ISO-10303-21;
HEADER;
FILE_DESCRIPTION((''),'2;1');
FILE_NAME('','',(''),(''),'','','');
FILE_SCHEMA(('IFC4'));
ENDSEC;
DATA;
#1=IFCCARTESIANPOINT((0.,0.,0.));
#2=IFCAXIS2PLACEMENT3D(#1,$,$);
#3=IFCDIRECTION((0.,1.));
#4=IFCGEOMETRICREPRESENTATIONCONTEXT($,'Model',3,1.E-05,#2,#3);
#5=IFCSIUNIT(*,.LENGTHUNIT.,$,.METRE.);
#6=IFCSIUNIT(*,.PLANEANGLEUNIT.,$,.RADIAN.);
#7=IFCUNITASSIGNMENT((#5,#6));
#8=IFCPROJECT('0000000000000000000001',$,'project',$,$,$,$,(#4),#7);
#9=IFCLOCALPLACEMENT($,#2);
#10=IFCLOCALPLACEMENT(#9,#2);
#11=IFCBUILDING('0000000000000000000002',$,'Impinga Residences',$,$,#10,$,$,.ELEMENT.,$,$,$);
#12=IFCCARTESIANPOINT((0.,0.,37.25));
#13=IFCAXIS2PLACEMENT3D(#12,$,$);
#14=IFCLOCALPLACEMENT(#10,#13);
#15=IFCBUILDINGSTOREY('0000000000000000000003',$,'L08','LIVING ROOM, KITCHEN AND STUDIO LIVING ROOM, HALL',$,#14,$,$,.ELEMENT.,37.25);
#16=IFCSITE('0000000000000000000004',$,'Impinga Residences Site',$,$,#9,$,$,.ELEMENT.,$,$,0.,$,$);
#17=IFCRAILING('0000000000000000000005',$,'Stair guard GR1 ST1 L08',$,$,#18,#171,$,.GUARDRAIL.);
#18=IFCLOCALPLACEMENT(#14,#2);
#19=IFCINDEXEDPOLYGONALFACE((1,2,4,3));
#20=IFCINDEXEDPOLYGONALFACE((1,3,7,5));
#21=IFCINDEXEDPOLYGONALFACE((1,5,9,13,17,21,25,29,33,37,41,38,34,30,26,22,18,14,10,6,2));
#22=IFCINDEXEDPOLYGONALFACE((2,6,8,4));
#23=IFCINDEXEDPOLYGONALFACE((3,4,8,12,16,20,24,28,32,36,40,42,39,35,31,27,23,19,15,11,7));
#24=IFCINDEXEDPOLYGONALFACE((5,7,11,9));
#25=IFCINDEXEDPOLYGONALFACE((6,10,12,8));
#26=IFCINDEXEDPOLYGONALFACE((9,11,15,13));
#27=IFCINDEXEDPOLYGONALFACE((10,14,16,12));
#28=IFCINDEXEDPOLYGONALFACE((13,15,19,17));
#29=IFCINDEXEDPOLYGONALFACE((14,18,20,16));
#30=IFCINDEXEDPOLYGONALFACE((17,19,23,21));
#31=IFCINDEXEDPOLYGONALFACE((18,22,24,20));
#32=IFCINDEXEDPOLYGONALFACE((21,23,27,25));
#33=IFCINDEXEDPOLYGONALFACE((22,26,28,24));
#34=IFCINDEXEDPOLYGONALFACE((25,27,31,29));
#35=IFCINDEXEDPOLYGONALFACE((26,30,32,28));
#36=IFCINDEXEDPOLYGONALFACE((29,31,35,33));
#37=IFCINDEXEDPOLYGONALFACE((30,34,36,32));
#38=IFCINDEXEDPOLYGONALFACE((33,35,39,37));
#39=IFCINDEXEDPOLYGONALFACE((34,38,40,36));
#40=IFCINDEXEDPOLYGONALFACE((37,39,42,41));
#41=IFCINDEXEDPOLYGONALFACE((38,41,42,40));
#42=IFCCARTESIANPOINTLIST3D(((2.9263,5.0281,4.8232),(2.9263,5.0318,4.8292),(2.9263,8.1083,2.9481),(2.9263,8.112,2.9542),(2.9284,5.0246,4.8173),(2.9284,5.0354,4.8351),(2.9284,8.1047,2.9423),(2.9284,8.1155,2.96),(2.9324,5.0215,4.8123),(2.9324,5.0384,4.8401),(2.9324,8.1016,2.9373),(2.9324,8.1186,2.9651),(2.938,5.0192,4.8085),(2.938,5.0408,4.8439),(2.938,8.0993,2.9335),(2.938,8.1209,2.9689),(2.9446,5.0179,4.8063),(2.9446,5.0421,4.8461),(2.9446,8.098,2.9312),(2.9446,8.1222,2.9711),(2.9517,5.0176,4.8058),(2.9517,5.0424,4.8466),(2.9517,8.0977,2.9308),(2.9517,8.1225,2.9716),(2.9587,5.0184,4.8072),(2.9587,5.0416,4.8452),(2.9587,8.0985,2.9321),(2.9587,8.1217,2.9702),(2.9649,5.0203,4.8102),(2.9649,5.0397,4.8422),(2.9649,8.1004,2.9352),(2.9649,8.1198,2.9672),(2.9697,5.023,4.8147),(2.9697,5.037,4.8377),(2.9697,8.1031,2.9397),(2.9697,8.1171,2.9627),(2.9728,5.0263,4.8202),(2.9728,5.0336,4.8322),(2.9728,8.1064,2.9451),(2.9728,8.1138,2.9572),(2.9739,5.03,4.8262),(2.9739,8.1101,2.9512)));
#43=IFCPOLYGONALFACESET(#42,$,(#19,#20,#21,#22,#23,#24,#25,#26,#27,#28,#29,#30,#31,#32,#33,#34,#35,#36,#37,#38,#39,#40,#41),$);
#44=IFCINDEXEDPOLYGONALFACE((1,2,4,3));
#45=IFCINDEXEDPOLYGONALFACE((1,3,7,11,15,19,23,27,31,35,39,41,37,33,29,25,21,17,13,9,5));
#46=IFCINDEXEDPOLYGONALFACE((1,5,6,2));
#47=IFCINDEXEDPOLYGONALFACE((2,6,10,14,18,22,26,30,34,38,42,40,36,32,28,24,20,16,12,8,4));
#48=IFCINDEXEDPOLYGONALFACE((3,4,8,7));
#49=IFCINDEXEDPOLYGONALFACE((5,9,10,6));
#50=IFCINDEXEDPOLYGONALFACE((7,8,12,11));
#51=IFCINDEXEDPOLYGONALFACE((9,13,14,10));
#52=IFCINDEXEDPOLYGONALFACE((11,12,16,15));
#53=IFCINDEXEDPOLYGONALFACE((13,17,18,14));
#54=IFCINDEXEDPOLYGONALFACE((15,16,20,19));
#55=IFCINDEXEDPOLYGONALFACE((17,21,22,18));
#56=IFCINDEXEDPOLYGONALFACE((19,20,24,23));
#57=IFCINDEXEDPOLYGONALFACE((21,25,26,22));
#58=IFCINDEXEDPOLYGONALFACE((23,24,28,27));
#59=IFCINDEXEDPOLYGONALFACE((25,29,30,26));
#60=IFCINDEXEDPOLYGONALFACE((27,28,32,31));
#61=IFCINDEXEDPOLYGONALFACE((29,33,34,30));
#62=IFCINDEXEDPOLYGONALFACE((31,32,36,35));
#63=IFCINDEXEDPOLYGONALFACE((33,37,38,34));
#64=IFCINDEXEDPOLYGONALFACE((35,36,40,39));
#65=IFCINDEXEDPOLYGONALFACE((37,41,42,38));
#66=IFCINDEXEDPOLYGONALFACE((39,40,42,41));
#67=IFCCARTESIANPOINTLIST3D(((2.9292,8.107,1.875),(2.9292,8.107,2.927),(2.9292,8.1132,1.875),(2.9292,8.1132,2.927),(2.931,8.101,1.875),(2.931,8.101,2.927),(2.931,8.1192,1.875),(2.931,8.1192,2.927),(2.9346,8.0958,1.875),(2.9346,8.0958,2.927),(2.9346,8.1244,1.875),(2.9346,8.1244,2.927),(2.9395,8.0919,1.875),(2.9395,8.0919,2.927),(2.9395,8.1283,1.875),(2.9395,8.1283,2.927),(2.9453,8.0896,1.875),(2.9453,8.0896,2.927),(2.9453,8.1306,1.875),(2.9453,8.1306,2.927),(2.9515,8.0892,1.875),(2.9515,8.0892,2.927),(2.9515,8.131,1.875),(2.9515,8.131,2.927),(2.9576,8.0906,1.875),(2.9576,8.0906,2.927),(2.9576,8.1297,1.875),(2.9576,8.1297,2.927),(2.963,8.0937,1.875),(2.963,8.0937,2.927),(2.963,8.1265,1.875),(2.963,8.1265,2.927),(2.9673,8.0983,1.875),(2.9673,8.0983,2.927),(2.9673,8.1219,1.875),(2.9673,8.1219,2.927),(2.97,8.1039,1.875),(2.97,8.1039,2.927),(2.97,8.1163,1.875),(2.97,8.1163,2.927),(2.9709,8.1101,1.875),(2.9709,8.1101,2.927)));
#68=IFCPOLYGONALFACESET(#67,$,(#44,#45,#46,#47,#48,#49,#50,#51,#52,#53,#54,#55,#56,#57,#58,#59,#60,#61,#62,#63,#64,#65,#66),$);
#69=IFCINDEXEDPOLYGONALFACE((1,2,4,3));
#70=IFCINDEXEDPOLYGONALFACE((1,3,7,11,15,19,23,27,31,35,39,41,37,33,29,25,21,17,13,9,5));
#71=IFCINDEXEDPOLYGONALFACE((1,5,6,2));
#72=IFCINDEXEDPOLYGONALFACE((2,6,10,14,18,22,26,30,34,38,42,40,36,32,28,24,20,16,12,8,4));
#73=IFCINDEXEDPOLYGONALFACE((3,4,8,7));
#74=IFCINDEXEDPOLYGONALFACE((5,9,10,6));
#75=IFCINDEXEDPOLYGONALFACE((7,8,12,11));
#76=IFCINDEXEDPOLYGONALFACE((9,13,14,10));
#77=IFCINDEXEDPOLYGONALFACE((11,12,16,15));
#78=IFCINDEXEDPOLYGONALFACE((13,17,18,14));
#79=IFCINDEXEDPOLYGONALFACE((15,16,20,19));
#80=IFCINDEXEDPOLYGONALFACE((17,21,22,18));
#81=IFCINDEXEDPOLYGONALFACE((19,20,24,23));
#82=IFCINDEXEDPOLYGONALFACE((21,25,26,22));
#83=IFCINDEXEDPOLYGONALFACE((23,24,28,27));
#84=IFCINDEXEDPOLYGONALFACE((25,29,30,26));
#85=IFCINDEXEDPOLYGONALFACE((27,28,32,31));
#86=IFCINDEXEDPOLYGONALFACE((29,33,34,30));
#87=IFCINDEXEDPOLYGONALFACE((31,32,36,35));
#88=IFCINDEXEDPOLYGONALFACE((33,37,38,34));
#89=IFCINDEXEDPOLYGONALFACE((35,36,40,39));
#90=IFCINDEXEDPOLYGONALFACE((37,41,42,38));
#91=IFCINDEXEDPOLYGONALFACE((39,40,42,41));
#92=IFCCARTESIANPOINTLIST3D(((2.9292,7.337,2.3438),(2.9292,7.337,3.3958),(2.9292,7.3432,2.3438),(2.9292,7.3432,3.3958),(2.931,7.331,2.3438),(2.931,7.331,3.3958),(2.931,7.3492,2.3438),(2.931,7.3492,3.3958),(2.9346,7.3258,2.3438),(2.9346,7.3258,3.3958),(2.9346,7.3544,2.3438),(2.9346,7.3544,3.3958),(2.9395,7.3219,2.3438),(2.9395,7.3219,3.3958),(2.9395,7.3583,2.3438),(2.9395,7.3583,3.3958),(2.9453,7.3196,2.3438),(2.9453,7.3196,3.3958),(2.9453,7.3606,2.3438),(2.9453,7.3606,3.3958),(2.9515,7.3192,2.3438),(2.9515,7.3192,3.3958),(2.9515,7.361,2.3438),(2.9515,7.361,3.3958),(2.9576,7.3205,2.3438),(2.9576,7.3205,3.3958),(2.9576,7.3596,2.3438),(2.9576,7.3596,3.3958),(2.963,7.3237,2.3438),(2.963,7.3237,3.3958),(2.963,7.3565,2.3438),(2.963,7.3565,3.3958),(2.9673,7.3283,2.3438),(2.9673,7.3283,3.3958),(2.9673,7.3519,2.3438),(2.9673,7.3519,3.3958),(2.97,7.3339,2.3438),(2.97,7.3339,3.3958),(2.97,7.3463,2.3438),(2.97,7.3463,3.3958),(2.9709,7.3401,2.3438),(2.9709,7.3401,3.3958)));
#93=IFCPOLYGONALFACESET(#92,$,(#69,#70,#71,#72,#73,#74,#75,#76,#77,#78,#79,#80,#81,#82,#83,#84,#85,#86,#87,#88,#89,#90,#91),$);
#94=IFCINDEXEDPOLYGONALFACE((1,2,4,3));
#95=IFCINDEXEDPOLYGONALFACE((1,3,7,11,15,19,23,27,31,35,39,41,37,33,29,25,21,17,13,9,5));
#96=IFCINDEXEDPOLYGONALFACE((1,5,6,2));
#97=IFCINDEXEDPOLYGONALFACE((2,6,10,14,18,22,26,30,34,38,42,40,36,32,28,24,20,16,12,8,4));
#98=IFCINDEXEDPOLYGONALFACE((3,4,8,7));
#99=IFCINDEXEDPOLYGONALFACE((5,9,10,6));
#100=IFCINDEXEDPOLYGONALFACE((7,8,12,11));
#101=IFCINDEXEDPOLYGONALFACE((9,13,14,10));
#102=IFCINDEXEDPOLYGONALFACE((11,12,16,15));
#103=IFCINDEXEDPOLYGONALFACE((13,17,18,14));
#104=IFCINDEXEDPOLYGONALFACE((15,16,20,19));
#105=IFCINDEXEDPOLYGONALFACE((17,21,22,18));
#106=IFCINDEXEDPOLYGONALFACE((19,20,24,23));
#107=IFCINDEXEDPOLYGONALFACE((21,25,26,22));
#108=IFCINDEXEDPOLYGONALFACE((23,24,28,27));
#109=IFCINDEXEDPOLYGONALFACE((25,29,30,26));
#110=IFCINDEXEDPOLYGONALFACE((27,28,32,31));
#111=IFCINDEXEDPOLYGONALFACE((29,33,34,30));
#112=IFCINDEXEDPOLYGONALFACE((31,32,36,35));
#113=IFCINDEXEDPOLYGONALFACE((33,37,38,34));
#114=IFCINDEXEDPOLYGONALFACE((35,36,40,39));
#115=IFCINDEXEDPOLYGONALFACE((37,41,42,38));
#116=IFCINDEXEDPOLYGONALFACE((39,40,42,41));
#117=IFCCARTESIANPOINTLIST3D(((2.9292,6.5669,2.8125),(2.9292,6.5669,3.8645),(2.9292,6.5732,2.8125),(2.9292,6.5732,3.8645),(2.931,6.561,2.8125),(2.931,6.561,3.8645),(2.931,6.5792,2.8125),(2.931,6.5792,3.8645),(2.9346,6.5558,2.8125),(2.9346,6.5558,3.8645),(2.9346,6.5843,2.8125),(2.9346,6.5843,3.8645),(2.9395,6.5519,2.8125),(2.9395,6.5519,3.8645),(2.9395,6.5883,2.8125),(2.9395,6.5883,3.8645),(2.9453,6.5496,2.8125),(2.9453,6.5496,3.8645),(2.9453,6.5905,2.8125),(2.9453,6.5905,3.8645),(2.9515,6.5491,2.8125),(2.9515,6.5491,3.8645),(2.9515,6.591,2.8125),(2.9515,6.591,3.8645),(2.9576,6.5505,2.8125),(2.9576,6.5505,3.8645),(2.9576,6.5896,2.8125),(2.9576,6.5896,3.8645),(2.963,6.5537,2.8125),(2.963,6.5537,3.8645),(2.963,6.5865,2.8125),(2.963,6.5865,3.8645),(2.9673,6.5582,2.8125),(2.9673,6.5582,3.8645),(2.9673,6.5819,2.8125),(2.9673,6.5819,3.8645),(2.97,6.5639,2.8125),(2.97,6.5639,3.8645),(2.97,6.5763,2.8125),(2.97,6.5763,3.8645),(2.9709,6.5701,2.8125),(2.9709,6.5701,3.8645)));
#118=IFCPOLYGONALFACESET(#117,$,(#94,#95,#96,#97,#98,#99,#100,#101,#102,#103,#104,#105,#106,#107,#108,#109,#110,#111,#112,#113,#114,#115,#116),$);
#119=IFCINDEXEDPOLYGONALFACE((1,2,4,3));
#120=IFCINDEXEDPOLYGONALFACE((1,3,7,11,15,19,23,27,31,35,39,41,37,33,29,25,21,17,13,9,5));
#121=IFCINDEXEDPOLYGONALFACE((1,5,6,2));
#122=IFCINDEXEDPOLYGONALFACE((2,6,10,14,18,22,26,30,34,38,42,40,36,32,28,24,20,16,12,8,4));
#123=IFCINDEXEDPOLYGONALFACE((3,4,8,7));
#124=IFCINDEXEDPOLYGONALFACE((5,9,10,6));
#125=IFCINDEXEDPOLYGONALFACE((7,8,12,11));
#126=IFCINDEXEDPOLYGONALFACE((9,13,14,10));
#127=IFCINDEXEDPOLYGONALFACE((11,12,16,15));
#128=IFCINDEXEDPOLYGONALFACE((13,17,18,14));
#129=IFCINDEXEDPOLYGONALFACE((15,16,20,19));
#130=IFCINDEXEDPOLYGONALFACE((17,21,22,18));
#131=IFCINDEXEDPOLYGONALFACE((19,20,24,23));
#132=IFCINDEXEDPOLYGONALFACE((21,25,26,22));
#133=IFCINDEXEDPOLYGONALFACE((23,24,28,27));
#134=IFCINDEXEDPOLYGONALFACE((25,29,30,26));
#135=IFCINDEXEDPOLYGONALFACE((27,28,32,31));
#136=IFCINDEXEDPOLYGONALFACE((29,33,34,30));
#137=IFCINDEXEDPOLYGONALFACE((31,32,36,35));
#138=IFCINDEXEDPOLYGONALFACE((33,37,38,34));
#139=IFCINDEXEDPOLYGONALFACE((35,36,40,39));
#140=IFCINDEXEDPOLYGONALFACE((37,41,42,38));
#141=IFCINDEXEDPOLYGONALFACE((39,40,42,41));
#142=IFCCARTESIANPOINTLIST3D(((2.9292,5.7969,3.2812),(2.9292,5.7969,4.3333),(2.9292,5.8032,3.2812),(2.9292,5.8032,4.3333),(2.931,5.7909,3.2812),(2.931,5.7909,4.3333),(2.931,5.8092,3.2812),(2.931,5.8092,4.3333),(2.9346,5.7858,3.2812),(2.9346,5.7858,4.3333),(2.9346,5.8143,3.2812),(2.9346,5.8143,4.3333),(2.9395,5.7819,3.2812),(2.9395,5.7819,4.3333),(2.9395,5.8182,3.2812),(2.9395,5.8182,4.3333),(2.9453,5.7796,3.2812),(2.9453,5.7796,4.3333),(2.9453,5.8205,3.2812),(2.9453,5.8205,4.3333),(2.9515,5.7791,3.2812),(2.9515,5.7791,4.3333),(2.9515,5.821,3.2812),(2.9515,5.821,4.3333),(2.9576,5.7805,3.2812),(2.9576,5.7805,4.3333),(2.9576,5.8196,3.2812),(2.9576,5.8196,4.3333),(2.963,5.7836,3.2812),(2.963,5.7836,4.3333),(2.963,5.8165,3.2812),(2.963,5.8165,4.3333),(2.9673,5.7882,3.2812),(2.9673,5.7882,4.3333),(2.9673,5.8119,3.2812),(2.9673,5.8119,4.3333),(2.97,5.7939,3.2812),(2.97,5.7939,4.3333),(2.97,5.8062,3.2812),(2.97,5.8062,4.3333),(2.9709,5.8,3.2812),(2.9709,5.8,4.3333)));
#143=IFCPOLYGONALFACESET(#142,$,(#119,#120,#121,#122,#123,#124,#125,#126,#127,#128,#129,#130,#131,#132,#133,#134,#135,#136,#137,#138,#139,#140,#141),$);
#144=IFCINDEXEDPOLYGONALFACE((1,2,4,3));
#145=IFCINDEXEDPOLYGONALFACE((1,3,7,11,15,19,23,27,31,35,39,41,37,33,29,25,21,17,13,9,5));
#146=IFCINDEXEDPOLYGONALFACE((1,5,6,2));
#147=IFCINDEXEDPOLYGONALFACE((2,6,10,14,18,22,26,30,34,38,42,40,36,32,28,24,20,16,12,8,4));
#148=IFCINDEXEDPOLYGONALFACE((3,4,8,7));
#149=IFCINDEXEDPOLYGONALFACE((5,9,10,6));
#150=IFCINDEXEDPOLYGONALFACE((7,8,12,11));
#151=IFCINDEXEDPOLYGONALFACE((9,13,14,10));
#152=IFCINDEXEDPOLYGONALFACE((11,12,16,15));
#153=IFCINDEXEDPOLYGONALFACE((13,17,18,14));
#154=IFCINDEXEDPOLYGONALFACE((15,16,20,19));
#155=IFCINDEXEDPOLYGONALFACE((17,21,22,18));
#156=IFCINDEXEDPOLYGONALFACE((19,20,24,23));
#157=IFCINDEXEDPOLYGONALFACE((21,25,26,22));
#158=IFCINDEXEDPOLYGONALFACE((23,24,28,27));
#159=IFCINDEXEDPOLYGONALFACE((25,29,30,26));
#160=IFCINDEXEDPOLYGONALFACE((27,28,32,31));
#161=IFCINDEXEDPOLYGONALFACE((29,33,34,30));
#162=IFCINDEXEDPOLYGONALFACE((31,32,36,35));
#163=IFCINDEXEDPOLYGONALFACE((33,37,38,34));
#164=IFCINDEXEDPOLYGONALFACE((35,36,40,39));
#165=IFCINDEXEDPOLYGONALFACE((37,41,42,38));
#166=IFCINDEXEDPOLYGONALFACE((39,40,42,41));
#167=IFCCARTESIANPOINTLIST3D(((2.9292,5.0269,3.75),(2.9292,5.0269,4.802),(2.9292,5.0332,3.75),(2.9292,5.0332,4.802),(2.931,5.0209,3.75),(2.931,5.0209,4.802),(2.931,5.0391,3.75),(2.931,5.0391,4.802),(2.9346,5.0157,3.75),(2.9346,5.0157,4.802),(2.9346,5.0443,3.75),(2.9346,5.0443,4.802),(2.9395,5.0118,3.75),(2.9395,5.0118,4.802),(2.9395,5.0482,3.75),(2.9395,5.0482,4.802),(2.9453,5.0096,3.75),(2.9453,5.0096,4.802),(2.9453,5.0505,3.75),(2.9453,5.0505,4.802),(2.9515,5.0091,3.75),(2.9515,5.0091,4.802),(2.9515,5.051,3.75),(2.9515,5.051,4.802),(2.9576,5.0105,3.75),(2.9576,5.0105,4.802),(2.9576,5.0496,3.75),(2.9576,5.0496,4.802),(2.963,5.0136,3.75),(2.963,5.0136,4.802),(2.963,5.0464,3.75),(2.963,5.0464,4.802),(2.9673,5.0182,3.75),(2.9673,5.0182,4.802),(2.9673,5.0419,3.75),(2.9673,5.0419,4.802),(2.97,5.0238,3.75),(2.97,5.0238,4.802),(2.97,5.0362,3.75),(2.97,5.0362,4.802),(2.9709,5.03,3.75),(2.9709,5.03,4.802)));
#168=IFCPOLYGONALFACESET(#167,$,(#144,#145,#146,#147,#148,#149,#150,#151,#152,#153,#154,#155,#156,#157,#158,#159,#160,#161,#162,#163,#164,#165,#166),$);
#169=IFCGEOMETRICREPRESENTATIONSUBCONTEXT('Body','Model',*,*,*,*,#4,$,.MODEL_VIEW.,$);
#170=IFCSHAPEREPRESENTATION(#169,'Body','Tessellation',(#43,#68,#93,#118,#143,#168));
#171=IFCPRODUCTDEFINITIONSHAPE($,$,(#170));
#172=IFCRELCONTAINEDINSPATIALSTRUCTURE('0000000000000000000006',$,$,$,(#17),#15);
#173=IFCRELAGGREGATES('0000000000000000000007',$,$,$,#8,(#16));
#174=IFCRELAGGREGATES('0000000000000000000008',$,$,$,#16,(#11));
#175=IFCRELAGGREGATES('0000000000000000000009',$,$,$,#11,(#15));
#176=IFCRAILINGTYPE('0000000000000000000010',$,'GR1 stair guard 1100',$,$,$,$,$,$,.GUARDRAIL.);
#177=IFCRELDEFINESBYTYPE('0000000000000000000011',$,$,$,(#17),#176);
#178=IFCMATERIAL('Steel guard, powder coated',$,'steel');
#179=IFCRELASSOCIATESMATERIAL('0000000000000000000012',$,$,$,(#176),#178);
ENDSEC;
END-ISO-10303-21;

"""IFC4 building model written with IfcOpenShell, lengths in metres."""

from ifc_helpers import new_model, si_unit, direction, frame, origin, origin_2d, place, context, subcontext, project, spatial, circle, extrude, material, type_object, element, save


model = new_model("IFC4")

# Units and contexts
model_context = context("Model", 3, precision=1e-05, world=origin(), true_north=direction((0.0, 1.0)))
body_context = subcontext(model_context, "Body", "Model", "MODEL_VIEW")
ifc_project = project(units=[si_unit("LENGTHUNIT", "METRE"), si_unit("PLANEANGLEUNIT", "RADIAN")], contexts=[model_context])

# Site, building, storey
site_placement = place(None, origin())
site = spatial("IfcSite", under=ifc_project, at=site_placement, Name="Impinga Residences Site", CompositionType="ELEMENT", RefElevation=0.0)
building_placement = place(site_placement, origin())
building = spatial("IfcBuilding", under=site, at=building_placement, Name="Impinga Residences", CompositionType="ELEMENT")
storey_placement = place(building_placement, frame((0.0, 0.0, 37.25)))
storey = spatial("IfcBuildingStorey", under=building, at=storey_placement, Name="L08", Description="LIVING ROOM, KITCHEN AND STUDIO LIVING ROOM, HALL", CompositionType="ELEMENT", Elevation=37.25)

# Railing
ifc_material_1 = material(Name="Steel guard, powder coated", Category="steel")
railing_type_1 = type_object("IfcRailingType", Name="GR1 stair guard 1100", PredefinedType="GUARDRAIL", material=ifc_material_1)
railing_1_placement = place(storey_placement, frame((2.95, 8.1101, 1.875)))
element("IfcRailing", 1, at=railing_1_placement, inside=storey, type_object=railing_type_1, Name="Stair guard GR1 ST1 L08", PredefinedType="GUARDRAIL", context=body_context, shape_type="SweptSolid", body=[
    extrude(circle(Radius=0.0239, at=origin_2d()), frame((0.0, 0.0, 1.0762), z_axis=(0.0, -0.854178, 0.519981), x_axis=(1.0, 0.0, 0.0)), (0.0, 0.0, 1.0), 3.606),
    extrude(circle(Radius=0.021, at=origin_2d()), origin(), (0.0, 0.0, 1.0), 1.052),
    extrude(circle(Radius=0.021, at=origin_2d()), frame((0.0, -0.77, 0.4688)), (0.0, 0.0, 1.0), 1.052),
    extrude(circle(Radius=0.021, at=origin_2d()), frame((0.0, -1.54, 0.9375)), (0.0, 0.0, 1.0), 1.052),
    extrude(circle(Radius=0.021, at=origin_2d()), frame((0.0, -2.3101, 1.4062)), (0.0, 0.0, 1.0), 1.052),
    extrude(circle(Radius=0.021, at=origin_2d()), frame((0.0, -3.0801, 1.875)), (0.0, 0.0, 1.0), 1.052),
])

save(model, "model.ifc")
